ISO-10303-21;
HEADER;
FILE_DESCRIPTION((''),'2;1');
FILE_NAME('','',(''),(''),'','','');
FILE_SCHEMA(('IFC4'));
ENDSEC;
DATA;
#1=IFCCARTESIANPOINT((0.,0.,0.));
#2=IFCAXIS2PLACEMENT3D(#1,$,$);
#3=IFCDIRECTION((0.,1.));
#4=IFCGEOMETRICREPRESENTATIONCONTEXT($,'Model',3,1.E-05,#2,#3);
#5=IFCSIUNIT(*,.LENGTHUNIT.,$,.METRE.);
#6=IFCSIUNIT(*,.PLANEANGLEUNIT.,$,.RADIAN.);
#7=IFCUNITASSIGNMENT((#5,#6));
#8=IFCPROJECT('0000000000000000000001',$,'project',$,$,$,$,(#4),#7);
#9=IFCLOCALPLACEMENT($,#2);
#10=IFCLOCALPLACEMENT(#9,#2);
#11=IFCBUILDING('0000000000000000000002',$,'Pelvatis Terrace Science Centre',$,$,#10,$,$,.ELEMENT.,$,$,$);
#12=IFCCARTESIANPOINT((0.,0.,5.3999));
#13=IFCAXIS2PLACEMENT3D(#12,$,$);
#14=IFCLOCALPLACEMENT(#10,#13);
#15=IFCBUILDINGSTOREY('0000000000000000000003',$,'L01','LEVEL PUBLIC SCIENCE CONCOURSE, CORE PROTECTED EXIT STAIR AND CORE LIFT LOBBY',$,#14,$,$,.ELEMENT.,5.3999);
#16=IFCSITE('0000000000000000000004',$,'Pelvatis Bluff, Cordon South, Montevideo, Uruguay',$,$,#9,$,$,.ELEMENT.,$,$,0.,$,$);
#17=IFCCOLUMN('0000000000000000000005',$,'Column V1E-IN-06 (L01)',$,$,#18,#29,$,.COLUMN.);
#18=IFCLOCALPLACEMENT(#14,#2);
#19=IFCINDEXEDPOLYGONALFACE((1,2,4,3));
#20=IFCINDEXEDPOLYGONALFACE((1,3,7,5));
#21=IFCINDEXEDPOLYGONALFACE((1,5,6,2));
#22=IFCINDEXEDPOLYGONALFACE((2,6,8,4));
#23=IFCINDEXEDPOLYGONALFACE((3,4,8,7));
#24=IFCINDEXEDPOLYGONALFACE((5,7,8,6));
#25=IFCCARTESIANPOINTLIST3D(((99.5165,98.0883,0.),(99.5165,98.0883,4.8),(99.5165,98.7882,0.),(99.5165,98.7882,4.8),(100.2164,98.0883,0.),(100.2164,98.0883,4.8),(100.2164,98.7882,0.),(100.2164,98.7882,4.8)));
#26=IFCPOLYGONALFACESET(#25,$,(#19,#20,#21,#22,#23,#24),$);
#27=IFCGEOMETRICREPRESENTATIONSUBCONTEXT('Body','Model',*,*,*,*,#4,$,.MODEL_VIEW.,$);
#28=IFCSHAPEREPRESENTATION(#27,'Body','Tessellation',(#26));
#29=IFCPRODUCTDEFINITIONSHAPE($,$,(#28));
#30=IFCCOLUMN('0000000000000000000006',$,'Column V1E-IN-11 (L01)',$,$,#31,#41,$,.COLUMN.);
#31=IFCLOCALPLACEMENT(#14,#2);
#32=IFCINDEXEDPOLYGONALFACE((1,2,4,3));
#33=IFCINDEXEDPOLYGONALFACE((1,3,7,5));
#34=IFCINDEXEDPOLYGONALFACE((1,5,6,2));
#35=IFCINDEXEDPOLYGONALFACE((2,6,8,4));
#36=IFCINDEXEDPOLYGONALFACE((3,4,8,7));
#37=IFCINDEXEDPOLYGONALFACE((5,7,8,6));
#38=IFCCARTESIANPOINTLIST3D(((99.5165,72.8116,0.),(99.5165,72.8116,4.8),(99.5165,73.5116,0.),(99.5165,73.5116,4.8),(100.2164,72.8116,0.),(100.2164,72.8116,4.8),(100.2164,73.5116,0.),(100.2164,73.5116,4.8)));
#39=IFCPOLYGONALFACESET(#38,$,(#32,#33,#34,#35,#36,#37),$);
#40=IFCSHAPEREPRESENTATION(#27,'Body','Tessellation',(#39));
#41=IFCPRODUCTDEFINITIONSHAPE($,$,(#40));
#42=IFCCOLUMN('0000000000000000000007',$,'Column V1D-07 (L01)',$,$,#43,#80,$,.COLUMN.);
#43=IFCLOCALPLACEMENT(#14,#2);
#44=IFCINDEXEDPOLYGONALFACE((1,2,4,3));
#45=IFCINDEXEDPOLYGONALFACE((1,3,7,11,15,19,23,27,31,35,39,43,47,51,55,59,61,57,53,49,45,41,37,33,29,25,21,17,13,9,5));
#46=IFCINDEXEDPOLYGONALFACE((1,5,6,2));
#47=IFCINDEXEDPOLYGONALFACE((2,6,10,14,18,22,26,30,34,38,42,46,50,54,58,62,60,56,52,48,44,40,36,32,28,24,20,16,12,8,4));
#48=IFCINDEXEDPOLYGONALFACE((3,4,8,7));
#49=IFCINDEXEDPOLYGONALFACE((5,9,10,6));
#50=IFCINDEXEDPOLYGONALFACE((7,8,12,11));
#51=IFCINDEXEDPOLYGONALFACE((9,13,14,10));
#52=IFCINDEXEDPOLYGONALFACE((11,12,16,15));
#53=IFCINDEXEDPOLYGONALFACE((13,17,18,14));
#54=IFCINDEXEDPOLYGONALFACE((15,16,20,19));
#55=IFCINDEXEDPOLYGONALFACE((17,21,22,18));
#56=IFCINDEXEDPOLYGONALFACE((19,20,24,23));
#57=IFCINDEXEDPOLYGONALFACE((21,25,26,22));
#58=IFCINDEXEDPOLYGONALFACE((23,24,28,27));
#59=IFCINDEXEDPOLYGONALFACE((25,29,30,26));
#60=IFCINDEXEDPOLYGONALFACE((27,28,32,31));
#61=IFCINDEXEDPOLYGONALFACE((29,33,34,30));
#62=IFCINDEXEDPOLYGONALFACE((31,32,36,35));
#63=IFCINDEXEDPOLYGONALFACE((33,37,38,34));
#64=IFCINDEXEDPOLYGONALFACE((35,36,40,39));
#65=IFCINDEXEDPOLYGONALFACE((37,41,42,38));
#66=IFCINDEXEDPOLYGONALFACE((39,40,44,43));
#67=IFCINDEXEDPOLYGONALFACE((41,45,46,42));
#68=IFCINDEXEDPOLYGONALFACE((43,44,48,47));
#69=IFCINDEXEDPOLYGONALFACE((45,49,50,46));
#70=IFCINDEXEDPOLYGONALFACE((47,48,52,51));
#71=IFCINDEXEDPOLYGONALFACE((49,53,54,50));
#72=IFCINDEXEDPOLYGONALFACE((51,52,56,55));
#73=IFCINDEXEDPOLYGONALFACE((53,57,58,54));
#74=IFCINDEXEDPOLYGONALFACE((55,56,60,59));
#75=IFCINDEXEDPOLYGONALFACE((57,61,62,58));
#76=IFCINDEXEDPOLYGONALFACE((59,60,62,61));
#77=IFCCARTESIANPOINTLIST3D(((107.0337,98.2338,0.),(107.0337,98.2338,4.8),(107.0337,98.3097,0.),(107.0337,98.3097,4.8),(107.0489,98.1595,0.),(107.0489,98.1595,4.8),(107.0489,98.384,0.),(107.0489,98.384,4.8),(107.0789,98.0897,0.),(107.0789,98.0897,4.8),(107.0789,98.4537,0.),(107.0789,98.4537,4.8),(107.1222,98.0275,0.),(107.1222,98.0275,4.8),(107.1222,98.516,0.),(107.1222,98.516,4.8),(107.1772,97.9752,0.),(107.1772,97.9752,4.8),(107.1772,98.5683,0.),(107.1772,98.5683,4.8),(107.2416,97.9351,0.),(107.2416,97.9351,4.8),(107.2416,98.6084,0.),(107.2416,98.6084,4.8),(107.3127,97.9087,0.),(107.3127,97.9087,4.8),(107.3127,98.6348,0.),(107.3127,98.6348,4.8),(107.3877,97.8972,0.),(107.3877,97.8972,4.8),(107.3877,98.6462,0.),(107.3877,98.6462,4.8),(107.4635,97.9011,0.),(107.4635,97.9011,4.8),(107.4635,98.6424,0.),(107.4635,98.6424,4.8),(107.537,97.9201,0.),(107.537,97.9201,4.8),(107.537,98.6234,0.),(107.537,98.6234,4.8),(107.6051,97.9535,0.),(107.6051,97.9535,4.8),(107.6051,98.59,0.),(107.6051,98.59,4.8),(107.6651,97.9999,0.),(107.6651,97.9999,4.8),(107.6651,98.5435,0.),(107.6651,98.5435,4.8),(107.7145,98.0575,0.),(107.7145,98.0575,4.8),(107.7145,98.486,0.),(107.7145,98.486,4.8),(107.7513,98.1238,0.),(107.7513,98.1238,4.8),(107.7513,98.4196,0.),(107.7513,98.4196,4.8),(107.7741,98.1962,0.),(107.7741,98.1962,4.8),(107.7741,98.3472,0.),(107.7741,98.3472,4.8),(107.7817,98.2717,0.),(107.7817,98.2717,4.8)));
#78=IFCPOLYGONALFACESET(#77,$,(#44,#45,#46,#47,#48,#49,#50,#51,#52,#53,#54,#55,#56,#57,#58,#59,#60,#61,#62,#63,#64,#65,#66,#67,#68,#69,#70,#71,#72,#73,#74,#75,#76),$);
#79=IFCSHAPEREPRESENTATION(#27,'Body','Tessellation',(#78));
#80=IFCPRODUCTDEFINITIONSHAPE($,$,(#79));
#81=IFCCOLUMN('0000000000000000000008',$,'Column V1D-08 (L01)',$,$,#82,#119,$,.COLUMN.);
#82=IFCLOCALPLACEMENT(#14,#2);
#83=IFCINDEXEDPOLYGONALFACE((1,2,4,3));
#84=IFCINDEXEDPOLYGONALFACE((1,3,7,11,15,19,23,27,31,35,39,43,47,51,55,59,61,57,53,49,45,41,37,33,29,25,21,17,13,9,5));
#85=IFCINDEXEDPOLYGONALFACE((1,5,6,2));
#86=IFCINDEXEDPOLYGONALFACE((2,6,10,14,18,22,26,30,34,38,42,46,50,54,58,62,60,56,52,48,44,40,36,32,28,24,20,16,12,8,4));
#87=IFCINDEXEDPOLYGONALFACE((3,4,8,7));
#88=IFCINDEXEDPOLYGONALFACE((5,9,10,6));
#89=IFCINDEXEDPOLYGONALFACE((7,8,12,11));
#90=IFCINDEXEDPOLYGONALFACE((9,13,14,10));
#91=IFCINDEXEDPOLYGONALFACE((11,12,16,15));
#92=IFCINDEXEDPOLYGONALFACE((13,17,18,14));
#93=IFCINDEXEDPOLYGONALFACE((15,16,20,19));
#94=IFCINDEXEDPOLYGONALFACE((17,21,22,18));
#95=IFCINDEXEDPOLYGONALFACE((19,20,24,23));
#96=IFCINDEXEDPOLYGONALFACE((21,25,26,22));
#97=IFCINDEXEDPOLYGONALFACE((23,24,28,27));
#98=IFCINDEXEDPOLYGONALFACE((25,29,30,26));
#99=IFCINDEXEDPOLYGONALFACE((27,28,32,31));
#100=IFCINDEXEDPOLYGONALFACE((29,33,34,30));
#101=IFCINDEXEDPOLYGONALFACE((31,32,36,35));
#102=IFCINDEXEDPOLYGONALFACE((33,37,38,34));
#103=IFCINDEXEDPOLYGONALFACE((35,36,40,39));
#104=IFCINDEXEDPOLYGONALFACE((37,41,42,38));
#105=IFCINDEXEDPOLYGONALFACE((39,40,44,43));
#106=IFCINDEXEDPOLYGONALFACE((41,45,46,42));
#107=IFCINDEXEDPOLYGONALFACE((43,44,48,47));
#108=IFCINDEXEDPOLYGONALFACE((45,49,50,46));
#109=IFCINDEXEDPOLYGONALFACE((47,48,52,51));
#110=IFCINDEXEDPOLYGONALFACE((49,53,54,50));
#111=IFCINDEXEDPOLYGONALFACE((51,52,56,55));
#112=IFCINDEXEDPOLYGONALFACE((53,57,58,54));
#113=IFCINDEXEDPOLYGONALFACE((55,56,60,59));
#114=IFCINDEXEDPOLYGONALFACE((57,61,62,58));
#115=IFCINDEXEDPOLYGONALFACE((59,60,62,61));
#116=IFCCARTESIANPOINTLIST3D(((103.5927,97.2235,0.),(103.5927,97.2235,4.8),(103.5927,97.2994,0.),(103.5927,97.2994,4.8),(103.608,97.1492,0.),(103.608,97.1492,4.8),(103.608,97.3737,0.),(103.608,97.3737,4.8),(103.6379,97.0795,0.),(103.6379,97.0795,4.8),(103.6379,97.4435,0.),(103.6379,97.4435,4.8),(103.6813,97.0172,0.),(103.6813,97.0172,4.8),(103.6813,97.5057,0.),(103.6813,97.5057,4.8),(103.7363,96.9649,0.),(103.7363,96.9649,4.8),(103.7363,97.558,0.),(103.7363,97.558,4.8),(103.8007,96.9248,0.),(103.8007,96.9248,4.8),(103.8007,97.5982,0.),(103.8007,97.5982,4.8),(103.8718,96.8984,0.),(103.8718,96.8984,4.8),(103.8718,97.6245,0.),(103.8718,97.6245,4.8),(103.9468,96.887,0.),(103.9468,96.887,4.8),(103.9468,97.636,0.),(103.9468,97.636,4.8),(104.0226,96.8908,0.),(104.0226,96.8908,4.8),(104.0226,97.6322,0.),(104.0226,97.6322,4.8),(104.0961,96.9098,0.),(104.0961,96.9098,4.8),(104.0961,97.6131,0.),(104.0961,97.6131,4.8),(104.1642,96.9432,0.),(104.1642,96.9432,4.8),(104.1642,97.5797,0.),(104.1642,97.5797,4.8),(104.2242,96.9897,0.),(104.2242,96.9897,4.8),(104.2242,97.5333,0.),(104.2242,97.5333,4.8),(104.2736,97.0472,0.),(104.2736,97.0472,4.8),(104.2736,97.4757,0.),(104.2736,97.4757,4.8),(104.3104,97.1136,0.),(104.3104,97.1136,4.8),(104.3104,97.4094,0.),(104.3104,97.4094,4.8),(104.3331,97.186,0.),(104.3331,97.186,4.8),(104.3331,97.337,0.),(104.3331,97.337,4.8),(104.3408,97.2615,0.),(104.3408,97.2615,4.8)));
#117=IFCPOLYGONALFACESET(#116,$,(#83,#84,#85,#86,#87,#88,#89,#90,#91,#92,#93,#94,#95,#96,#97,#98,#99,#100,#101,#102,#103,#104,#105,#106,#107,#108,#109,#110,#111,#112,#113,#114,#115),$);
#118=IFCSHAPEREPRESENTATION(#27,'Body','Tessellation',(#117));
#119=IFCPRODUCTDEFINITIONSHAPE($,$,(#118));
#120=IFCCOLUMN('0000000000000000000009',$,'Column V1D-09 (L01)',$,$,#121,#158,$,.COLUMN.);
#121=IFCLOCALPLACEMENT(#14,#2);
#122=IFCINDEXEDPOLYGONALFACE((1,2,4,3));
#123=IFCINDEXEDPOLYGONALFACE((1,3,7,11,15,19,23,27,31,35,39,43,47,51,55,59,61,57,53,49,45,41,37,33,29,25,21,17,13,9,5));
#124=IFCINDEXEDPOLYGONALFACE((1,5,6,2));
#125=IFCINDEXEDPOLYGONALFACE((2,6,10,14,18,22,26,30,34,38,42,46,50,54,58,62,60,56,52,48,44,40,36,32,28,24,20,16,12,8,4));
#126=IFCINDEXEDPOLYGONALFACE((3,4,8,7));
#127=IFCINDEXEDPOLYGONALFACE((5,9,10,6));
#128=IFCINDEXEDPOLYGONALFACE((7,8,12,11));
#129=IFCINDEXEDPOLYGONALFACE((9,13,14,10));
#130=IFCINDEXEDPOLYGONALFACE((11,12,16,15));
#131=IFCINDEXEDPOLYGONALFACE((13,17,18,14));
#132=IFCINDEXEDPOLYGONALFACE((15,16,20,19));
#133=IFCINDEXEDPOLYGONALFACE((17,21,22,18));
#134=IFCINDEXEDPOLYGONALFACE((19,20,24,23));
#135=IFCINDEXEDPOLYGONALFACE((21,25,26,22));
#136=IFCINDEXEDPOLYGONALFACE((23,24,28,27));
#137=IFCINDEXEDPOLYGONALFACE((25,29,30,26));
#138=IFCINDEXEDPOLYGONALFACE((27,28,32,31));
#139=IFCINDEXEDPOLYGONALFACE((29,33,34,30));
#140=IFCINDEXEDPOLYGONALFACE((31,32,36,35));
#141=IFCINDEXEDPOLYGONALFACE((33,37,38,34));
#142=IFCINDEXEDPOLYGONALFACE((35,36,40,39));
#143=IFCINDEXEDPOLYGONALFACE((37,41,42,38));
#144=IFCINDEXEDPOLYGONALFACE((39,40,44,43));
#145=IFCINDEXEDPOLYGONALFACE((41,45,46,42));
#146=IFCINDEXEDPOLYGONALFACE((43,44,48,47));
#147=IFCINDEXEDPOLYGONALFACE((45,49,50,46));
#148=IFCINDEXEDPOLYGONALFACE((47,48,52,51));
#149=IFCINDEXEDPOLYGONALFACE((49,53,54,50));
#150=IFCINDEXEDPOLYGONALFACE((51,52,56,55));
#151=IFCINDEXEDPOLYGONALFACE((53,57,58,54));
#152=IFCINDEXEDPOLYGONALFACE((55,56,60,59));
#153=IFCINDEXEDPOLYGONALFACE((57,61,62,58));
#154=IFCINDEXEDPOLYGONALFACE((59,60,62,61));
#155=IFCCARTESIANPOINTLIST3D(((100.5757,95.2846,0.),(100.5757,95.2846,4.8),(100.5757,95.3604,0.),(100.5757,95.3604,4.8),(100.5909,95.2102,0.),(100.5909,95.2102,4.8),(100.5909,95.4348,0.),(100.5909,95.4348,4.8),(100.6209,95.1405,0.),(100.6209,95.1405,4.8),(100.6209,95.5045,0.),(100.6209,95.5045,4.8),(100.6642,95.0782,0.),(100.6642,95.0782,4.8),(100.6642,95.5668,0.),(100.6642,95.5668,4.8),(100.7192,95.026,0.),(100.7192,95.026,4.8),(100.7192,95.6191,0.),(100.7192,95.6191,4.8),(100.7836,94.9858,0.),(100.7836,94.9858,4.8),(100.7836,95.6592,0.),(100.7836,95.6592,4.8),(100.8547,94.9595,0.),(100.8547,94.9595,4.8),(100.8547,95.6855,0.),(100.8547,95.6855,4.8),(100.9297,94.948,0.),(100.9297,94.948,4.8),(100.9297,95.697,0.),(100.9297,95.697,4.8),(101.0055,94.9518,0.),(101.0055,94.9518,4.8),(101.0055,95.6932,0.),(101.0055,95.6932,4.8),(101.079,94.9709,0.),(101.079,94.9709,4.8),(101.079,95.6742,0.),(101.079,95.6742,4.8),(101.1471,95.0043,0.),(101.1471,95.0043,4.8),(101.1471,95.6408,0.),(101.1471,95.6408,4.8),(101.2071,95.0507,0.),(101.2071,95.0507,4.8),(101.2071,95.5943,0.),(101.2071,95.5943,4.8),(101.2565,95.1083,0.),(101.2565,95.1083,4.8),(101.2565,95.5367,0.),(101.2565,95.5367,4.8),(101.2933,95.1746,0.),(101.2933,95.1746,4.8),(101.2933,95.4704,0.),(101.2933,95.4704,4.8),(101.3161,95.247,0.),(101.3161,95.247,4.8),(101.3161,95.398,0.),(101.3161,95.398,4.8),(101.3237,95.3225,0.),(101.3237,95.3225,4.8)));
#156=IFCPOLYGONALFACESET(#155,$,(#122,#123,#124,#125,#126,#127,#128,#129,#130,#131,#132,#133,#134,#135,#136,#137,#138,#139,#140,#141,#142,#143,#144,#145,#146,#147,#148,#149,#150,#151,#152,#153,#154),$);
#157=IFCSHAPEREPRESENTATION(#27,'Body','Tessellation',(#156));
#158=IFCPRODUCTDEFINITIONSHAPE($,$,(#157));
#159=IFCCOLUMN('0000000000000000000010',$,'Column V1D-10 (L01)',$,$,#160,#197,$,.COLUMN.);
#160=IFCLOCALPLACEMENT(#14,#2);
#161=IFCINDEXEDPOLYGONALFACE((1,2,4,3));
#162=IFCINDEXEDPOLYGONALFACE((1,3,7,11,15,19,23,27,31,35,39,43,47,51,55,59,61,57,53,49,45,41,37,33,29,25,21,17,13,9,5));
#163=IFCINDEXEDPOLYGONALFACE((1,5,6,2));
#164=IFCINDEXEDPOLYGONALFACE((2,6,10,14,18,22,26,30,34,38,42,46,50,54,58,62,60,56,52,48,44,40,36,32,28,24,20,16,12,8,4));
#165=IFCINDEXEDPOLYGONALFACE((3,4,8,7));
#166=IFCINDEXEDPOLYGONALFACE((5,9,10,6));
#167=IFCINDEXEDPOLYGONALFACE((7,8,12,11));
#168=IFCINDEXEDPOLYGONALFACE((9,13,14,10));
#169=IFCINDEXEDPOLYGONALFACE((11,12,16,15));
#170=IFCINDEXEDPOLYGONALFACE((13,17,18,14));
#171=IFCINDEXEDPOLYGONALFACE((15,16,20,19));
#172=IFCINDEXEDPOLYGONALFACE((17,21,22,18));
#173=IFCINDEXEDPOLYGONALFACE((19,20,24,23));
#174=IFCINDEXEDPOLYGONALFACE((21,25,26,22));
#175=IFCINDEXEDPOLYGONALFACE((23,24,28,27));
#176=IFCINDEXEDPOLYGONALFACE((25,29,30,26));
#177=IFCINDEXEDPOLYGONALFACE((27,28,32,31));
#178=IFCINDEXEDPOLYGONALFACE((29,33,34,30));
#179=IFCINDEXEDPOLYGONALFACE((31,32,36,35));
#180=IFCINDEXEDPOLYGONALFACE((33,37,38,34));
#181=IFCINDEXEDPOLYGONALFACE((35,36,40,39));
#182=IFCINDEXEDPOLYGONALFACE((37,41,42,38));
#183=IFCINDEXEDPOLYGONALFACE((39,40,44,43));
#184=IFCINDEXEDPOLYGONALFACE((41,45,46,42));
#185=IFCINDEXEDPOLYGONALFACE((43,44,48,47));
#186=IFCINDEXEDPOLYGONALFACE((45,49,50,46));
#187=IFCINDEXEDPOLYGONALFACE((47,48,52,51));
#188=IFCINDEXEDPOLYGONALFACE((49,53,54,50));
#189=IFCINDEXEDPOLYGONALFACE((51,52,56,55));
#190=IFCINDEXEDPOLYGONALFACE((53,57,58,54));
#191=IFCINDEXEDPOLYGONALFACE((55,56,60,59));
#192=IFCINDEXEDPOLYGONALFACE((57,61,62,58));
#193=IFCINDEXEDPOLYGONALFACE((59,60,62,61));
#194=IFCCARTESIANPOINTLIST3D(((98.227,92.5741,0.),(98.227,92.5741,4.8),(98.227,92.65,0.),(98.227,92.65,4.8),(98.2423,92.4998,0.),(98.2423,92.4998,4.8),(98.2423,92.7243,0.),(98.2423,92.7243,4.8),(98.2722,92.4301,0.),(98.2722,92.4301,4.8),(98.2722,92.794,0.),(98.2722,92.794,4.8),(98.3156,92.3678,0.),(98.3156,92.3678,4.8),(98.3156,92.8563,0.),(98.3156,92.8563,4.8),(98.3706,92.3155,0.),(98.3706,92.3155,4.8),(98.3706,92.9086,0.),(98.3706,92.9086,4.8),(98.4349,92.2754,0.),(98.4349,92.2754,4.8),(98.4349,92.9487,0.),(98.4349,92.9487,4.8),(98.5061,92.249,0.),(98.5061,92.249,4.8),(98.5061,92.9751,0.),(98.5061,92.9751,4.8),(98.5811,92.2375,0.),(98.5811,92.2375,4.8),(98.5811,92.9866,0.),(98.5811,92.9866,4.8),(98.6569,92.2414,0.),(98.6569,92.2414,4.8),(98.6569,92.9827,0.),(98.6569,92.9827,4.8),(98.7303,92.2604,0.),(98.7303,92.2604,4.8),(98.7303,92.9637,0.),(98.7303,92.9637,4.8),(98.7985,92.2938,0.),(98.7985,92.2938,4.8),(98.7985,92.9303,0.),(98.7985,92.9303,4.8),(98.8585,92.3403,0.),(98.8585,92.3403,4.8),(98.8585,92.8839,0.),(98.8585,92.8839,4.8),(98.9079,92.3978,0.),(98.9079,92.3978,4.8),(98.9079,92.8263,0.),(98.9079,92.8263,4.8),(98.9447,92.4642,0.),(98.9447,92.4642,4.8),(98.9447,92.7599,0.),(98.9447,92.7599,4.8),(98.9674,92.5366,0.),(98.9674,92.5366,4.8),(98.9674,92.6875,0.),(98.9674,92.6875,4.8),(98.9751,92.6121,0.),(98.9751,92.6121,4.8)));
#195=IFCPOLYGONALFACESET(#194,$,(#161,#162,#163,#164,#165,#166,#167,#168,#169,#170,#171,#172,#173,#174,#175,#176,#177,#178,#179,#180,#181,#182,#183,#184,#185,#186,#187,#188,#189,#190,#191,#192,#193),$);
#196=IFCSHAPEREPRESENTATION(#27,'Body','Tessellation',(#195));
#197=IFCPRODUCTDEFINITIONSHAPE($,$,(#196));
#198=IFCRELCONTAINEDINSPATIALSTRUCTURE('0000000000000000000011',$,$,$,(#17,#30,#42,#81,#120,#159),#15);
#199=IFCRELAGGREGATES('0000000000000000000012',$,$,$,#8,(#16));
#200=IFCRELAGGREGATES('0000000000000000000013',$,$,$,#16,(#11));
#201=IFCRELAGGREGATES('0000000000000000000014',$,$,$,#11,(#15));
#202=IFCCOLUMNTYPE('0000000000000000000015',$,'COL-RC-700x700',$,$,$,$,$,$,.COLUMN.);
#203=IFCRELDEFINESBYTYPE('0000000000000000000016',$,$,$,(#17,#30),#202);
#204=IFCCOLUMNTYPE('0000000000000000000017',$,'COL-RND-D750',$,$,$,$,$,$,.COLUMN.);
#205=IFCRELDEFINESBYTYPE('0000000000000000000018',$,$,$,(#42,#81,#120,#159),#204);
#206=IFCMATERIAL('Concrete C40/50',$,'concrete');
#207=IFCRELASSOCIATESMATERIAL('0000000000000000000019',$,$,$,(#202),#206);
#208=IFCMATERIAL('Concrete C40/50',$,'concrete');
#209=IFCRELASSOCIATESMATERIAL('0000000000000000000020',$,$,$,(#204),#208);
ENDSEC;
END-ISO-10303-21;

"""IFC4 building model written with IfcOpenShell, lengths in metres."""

from ifc_helpers import new_model, si_unit, direction, frame, origin, origin_2d, place, context, subcontext, project, spatial, rectangle, circle, extrude, material, material_profile, profile_set, type_object, element, save


model = new_model("IFC4")

# Units and contexts
model_context = context("Model", 3, precision=1e-05, world=origin(), true_north=direction((0.0, 1.0)))
body_context = subcontext(model_context, "Body", "Model", "MODEL_VIEW")
ifc_project = project(units=[si_unit("LENGTHUNIT", "METRE"), si_unit("PLANEANGLEUNIT", "RADIAN")], contexts=[model_context])

# Site, building, storey
site_placement = place(None, origin())
site = spatial("IfcSite", under=ifc_project, at=site_placement, Name="Pelvatis Bluff, Cordon South, Montevideo, Uruguay", CompositionType="ELEMENT", RefElevation=0.0)
building_placement = place(site_placement, origin())
building = spatial("IfcBuilding", under=site, at=building_placement, Name="Pelvatis Terrace Science Centre", CompositionType="ELEMENT")
storey_placement = place(building_placement, frame((0.0, 0.0, 5.3999)))
storey = spatial("IfcBuildingStorey", under=building, at=storey_placement, Name="L01", Description="LEVEL PUBLIC SCIENCE CONCOURSE, CORE PROTECTED EXIT STAIR AND CORE LIFT LOBBY", CompositionType="ELEMENT", Elevation=5.3999)

# Columns
ifc_material_1 = material(Name="Concrete C40/50", Category="concrete")
ifc_material_profile_1 = material_profile(ifc_material_1, rectangle(XDim=0.7, YDim=0.7, at=origin_2d()), Name="RC-COL 700x700")
ifc_profile_set_1 = profile_set([ifc_material_profile_1], Name="Concrete C40/50")
column_type_1 = type_object("IfcColumnType", Name="COL-RC-700x700", PredefinedType="COLUMN", material=ifc_profile_set_1)
for number, where, z_axis, x_axis, name in (
    (1, (99.8665, 98.4382, 0.0), (0.0, 0.0, 1.0), (1.0, 0.0, 0.0), "Column V1E-IN-06 (L01)"),
    (2, (99.8665, 73.1616, 0.0), (0.0, 0.0, 1.0), (1.0, 0.0, 0.0), "Column V1E-IN-11 (L01)"),
):
    element("IfcColumn", number, at=place(storey_placement, frame(where, z_axis=z_axis, x_axis=x_axis)), inside=storey, type_object=column_type_1, Name=name, PredefinedType="COLUMN", context=body_context, shape_type="SweptSolid", body=[
        extrude(rectangle(XDim=0.7, YDim=0.7, at=origin_2d()), origin(), (0.0, 0.0, 1.0), 4.8),
    ])
ifc_material_2 = material(Name="Concrete C40/50", Category="concrete")
ifc_material_profile_2 = material_profile(ifc_material_2, circle(Radius=0.375, at=origin_2d()), Name="RC-RCOL D750")
ifc_profile_set_2 = profile_set([ifc_material_profile_2], Name="Concrete C40/50")
column_type_2 = type_object("IfcColumnType", Name="COL-RND-D750", PredefinedType="COLUMN", material=ifc_profile_set_2)
for number, where, z_axis, x_axis, name in (
    (3, (107.4067, 98.2717, 0.0), (0.0, 0.0, 1.0), (1.0, 0.0, 0.0), "Column V1D-07 (L01)"),
    (4, (103.9658, 97.2615, 0.0), (0.0, 0.0, 1.0), (1.0, 0.0, 0.0), "Column V1D-08 (L01)"),
    (5, (100.9487, 95.3225, 0.0), (0.0, 0.0, 1.0), (1.0, 0.0, 0.0), "Column V1D-09 (L01)"),
    (6, (98.6001, 92.6121, 0.0), (0.0, 0.0, 1.0), (1.0, 0.0, 0.0), "Column V1D-10 (L01)"),
):
    element("IfcColumn", number, at=place(storey_placement, frame(where, z_axis=z_axis, x_axis=x_axis)), inside=storey, type_object=column_type_2, Name=name, PredefinedType="COLUMN", context=body_context, shape_type="SweptSolid", body=[
        extrude(circle(Radius=0.375, at=origin_2d()), origin(), (0.0, 0.0, 1.0), 4.8),
    ])

save(model, "model.ifc")
